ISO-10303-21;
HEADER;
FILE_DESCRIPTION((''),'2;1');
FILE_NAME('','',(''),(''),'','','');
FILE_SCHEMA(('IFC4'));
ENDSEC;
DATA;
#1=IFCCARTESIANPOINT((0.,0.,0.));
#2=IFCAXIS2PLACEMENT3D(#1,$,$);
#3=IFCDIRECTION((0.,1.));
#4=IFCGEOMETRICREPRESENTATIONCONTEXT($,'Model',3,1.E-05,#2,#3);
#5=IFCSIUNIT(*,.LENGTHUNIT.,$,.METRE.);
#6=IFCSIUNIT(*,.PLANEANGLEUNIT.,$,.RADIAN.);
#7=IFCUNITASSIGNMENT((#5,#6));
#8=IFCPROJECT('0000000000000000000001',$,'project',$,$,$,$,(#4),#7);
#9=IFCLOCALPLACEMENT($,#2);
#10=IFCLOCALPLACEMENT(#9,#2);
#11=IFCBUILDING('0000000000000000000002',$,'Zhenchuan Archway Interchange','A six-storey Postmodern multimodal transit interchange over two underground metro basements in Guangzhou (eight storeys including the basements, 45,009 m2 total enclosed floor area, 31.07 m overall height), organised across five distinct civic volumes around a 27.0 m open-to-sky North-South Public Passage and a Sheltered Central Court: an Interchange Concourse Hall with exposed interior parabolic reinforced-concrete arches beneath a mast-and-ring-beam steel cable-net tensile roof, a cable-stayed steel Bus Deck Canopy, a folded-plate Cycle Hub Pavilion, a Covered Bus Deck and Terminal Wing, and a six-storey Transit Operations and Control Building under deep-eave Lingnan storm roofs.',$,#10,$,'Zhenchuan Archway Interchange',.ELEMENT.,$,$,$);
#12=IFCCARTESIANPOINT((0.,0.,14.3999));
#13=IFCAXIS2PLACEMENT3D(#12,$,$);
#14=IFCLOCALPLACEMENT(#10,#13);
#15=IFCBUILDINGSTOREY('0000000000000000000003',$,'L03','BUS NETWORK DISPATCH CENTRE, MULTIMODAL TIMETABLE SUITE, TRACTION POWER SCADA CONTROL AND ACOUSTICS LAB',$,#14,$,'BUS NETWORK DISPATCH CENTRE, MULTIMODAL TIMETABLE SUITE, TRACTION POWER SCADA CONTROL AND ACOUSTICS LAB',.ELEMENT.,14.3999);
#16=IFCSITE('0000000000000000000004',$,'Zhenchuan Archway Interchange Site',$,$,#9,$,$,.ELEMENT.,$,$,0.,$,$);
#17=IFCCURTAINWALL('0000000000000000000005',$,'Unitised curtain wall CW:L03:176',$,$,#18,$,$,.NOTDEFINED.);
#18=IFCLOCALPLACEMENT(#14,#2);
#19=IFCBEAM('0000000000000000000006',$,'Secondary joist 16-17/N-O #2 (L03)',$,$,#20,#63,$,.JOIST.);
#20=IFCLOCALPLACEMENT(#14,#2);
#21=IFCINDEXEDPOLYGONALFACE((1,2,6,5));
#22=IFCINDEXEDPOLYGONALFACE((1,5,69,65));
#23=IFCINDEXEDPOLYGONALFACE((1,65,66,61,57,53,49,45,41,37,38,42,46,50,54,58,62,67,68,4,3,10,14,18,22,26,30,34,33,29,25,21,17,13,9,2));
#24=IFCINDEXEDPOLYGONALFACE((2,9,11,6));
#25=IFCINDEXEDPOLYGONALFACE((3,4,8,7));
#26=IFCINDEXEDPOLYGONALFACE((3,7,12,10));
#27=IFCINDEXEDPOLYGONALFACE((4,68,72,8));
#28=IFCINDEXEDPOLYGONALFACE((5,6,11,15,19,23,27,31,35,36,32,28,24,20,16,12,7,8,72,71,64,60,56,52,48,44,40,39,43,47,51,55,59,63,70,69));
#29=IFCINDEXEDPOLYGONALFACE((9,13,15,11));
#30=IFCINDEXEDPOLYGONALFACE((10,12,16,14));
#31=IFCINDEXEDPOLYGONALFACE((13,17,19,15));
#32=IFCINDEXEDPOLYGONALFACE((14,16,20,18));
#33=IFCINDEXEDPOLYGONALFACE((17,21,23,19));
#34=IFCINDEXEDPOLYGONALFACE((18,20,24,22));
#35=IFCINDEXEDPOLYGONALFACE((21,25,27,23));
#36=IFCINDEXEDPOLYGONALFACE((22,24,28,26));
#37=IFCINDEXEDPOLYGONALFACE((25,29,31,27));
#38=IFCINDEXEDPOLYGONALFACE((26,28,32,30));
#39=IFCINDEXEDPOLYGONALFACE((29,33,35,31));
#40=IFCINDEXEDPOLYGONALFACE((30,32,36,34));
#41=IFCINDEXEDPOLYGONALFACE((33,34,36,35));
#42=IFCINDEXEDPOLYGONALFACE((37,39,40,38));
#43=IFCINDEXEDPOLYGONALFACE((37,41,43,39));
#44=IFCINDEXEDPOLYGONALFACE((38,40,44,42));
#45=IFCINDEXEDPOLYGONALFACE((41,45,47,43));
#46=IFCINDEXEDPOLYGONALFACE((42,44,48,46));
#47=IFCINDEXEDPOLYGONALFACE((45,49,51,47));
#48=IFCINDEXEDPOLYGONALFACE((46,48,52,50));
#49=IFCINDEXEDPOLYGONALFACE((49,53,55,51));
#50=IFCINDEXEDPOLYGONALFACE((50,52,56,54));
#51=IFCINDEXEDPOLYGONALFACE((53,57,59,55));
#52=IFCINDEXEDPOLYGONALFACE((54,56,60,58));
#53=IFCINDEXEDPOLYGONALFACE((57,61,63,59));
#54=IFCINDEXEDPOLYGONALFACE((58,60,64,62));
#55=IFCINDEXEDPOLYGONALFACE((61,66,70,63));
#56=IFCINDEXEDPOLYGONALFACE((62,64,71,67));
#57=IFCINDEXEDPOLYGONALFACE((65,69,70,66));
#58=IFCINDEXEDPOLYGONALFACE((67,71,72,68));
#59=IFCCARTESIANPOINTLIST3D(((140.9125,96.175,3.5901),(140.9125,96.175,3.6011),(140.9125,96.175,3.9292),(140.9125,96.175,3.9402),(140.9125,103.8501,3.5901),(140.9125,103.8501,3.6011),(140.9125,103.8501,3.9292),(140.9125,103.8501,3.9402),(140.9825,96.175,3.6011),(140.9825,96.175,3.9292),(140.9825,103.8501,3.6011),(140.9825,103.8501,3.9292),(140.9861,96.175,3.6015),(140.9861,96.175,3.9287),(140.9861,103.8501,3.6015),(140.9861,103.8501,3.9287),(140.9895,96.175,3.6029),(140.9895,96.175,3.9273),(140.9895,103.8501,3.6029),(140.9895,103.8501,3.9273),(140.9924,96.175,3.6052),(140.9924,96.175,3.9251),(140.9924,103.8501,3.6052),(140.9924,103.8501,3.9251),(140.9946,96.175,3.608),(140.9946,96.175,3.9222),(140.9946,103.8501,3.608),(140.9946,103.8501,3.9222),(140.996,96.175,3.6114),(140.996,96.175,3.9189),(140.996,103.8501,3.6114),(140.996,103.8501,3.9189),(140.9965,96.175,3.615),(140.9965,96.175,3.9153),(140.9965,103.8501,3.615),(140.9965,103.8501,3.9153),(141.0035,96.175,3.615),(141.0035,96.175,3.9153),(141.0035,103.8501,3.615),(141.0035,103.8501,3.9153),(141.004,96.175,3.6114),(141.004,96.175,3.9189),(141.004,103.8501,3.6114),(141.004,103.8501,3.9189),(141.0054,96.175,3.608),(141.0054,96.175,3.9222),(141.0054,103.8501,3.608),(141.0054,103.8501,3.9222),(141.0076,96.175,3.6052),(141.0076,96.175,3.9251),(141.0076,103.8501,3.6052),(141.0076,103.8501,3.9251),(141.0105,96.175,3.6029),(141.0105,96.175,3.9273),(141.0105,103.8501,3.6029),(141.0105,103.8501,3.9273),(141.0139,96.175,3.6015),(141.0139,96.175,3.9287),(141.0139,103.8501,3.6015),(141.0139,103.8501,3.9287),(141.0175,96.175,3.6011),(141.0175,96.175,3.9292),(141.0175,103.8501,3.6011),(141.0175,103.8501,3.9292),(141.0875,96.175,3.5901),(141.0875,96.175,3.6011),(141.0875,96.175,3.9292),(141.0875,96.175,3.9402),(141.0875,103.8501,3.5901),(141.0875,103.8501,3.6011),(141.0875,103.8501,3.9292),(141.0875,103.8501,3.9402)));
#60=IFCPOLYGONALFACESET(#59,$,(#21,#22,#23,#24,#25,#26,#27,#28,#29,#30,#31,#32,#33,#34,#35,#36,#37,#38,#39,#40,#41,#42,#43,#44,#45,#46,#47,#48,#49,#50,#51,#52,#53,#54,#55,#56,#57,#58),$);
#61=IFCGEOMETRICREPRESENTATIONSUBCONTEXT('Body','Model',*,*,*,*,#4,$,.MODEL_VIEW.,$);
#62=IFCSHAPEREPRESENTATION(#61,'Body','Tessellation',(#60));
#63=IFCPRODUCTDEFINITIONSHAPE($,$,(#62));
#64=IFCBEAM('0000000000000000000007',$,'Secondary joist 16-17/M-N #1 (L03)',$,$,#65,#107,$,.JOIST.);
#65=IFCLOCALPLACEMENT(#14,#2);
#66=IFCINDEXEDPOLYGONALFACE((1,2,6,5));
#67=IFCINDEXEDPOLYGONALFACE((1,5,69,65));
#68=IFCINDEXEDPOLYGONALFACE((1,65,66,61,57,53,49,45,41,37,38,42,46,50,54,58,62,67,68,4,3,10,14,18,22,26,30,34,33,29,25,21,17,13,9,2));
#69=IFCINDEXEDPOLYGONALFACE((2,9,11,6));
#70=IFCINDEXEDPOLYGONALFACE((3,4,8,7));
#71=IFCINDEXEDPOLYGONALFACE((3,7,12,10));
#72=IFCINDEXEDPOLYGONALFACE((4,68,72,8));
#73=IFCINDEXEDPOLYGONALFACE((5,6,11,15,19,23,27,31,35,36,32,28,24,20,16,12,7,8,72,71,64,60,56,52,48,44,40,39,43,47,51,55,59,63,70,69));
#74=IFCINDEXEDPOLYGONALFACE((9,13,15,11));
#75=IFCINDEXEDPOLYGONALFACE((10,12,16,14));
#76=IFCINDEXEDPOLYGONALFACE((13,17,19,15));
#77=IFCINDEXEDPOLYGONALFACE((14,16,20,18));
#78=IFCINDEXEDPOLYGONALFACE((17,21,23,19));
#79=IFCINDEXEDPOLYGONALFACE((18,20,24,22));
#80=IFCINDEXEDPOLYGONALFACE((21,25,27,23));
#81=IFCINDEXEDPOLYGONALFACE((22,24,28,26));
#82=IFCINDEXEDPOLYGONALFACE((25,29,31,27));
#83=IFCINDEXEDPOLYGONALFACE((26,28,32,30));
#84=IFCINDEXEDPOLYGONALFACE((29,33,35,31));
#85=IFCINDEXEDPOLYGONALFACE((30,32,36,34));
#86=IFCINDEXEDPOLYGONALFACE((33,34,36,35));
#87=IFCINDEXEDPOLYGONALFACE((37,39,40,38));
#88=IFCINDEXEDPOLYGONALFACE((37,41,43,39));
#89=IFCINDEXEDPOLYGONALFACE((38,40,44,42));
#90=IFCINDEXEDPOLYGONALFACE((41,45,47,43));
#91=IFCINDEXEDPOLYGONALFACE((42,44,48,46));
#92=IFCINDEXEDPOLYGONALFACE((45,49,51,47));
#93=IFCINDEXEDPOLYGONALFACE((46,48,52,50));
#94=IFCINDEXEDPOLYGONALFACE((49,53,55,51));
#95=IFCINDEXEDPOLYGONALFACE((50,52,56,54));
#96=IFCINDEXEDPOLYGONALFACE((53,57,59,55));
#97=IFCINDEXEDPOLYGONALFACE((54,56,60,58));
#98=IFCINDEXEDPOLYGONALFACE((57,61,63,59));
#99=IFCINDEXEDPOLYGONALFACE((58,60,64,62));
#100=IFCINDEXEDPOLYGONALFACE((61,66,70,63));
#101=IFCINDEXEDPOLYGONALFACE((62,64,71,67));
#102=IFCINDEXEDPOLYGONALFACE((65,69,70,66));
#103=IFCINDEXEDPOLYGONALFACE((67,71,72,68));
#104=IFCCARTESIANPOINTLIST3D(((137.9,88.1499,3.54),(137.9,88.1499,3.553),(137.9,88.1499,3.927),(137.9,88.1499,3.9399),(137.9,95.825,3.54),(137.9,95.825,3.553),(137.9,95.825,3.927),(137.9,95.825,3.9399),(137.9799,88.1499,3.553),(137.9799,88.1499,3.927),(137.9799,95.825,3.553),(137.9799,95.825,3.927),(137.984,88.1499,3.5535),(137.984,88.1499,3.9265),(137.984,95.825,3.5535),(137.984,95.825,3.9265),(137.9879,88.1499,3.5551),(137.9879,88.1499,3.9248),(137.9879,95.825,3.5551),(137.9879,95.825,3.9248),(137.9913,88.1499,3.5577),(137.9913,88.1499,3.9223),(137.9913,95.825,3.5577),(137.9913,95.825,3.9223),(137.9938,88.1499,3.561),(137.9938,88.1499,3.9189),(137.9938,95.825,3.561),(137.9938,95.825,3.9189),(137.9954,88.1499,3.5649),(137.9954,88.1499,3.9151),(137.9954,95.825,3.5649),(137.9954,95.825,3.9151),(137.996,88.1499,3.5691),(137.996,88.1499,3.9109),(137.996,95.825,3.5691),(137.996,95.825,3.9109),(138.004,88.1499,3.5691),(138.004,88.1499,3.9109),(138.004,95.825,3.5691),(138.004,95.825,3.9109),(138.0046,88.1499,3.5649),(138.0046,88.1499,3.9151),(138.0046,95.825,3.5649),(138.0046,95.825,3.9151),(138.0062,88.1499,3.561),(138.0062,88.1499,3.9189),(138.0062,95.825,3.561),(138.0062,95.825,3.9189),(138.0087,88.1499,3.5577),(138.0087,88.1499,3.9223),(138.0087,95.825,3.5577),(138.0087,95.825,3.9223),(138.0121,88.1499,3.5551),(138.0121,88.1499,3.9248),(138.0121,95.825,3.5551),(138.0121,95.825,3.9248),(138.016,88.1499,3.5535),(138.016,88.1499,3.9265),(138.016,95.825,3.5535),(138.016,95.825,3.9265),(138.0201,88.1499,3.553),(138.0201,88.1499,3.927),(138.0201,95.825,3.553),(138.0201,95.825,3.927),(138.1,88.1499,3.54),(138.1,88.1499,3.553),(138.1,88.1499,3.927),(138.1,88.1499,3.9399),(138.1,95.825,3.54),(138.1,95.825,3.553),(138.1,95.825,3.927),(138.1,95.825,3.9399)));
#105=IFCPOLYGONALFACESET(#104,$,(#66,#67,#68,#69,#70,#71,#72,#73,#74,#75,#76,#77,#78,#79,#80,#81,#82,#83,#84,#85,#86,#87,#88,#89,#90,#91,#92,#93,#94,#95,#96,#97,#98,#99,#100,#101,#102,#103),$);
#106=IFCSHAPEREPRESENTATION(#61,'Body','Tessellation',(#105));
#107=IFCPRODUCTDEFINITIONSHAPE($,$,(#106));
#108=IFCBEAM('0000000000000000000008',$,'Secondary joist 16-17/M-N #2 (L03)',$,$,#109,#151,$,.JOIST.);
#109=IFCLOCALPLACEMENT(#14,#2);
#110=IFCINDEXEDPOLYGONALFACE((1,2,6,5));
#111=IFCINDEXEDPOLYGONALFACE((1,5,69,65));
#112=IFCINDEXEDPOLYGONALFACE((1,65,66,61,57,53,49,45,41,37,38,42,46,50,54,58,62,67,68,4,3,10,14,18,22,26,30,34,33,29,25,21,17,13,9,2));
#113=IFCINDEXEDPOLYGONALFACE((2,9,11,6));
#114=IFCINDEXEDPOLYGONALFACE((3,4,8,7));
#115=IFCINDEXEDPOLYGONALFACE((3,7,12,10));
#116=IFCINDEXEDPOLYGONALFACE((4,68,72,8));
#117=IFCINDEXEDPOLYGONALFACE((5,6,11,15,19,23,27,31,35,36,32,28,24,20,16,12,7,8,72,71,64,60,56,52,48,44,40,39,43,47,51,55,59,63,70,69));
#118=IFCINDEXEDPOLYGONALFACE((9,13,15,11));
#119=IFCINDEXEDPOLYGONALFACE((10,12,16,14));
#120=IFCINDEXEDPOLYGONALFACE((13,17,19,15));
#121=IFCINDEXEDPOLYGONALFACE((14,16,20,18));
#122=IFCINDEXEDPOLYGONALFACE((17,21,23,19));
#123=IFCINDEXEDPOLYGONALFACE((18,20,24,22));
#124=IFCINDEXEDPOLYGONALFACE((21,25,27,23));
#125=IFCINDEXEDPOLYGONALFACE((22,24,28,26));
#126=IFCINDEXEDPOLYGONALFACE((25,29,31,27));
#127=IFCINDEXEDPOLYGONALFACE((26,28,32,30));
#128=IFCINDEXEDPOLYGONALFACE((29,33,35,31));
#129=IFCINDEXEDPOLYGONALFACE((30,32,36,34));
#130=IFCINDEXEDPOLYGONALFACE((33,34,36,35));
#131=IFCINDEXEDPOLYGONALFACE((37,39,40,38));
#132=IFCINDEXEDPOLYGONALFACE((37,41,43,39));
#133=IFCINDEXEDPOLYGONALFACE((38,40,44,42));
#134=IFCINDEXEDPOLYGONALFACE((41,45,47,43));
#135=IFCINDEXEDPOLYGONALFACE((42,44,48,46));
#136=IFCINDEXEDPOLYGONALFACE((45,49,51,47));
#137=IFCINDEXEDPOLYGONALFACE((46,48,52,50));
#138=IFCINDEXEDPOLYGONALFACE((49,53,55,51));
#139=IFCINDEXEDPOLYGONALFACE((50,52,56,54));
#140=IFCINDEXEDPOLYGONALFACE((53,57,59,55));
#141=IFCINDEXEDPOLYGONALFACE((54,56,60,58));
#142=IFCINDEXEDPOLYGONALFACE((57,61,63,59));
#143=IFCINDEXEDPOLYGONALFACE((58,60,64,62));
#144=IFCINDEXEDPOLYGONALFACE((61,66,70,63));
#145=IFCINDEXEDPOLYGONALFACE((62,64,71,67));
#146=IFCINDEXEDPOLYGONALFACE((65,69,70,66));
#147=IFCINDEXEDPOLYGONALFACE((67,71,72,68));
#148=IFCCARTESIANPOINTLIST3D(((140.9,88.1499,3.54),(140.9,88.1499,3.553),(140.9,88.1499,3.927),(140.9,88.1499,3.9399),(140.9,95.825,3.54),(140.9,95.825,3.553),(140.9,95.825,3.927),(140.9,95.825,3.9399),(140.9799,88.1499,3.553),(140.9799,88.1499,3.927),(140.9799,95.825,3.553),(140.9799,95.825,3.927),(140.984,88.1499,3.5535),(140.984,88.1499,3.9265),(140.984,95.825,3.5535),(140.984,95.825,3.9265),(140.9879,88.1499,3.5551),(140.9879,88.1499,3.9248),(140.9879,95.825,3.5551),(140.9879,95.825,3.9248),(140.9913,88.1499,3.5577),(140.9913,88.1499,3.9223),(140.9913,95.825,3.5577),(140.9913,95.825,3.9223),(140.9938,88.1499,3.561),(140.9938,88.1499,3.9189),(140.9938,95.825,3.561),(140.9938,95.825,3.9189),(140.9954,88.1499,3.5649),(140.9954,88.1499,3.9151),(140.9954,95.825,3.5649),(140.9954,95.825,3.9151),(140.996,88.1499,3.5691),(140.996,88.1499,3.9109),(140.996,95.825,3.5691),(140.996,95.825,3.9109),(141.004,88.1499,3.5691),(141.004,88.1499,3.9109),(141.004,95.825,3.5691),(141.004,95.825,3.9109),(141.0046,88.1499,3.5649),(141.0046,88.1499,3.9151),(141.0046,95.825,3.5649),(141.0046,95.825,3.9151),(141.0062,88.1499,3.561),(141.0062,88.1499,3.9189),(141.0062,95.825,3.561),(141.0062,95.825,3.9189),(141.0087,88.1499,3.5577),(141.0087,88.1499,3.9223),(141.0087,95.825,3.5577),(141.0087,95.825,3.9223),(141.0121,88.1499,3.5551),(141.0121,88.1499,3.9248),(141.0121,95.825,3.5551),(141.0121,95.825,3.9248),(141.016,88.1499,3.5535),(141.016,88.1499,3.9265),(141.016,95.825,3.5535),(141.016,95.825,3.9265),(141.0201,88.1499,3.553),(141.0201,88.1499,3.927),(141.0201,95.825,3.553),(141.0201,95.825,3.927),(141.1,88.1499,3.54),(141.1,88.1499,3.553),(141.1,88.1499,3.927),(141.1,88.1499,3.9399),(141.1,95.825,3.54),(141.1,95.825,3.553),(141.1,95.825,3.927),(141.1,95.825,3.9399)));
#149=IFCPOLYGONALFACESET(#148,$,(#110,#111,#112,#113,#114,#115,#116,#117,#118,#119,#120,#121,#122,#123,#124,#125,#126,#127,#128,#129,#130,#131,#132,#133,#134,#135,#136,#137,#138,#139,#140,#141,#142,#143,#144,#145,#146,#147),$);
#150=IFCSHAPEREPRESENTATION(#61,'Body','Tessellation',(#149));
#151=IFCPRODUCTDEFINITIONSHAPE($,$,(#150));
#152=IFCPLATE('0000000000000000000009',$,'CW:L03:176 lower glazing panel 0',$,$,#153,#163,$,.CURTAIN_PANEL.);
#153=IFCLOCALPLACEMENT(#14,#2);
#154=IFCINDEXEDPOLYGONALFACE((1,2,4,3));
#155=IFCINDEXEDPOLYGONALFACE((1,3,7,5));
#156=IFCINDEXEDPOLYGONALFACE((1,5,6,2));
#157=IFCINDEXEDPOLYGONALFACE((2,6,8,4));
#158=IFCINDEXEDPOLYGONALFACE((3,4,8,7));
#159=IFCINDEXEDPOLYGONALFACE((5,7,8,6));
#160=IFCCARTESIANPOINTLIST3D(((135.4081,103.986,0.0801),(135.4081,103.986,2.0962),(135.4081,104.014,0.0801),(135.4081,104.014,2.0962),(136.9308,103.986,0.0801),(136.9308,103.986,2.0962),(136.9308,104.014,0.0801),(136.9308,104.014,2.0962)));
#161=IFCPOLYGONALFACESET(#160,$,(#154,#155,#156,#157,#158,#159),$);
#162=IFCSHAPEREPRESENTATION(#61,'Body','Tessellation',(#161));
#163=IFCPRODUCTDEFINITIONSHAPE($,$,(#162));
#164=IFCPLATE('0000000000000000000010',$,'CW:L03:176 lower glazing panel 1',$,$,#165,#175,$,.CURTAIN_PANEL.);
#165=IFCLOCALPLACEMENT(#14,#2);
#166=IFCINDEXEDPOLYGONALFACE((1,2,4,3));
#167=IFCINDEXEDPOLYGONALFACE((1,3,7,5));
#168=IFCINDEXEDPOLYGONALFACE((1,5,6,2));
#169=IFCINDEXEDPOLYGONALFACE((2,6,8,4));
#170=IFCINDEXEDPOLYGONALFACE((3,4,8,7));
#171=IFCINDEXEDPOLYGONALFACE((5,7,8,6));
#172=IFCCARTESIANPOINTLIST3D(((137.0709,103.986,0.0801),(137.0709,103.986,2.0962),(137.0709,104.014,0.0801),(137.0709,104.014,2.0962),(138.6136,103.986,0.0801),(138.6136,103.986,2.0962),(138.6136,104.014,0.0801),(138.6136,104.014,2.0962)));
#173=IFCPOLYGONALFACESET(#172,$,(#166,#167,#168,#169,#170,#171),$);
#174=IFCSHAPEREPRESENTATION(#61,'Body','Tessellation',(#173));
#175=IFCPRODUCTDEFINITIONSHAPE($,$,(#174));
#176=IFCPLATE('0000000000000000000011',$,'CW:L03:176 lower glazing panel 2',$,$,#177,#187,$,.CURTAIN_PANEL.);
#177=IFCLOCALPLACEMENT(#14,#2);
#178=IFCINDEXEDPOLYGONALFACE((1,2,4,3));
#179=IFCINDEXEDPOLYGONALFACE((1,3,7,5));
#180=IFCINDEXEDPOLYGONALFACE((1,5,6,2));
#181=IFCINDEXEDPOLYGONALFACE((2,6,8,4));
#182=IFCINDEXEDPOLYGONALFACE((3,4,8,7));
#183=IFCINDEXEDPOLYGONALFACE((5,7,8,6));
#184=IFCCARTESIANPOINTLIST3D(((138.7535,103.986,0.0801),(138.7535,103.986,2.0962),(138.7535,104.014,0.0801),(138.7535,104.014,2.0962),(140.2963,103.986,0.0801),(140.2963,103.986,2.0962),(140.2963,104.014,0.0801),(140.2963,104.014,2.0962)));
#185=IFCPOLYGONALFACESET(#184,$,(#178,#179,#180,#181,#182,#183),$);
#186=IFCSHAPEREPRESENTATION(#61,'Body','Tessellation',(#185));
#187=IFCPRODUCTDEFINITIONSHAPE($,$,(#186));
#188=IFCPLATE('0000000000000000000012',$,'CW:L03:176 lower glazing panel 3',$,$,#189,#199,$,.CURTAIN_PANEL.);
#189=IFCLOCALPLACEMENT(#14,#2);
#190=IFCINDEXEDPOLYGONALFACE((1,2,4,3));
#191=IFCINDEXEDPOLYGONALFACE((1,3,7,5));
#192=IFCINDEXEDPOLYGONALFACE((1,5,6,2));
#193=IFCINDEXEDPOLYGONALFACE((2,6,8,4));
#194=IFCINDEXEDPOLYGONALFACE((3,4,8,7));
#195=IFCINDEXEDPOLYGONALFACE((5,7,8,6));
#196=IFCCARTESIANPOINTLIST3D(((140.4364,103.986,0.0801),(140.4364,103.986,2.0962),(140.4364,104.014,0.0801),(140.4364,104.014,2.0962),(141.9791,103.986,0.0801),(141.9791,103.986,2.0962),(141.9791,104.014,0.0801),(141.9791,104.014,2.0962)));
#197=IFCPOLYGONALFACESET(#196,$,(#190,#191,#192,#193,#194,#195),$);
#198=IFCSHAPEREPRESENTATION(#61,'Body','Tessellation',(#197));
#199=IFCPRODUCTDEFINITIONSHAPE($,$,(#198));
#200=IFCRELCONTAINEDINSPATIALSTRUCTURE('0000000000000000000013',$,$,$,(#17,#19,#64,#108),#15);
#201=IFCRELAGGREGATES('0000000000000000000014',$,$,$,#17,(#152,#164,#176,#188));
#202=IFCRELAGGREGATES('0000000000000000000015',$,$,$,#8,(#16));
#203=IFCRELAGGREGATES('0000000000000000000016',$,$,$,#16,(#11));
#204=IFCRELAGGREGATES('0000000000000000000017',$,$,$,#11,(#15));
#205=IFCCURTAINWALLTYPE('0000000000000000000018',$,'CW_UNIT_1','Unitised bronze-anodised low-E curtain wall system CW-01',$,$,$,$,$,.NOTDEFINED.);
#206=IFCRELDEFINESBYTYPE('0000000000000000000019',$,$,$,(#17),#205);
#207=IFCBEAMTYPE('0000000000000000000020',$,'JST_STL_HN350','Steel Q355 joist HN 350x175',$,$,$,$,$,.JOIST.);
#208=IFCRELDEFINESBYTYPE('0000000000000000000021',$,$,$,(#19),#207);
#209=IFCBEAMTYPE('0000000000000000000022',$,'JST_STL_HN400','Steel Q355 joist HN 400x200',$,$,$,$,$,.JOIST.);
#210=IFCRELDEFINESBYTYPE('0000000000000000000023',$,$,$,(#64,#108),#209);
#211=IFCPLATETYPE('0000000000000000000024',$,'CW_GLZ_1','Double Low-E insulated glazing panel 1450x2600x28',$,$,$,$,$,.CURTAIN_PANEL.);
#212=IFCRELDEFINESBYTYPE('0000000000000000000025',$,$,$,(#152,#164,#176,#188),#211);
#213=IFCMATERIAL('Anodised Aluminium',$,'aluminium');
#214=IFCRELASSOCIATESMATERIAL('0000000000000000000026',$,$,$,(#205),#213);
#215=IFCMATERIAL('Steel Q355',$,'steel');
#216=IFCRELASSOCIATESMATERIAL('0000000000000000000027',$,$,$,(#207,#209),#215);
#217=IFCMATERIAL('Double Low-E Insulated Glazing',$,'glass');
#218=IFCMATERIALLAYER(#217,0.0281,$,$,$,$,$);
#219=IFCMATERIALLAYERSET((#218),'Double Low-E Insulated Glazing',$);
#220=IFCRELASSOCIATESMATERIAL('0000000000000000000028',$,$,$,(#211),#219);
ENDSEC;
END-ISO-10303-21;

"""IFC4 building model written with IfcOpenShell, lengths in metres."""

from ifc_helpers import new_model, si_unit, direction, frame, origin, origin_2d, place, context, subcontext, project, spatial, rectangle, i_section, extrude, material, layer, layer_set, material_profile, profile_set, type_object, element, aggregate, save


model = new_model("IFC4")

# Units and contexts
model_context = context("Model", 3, precision=1e-05, world=origin(), true_north=direction((0.0, 1.0)))
body_context = subcontext(model_context, "Body", "Model", "MODEL_VIEW")
ifc_project = project(units=[si_unit("LENGTHUNIT", "METRE"), si_unit("PLANEANGLEUNIT", "RADIAN")], contexts=[model_context])

# Site, building, storey
site_placement = place(None, origin())
site = spatial("IfcSite", under=ifc_project, at=site_placement, Name="Zhenchuan Archway Interchange Site", CompositionType="ELEMENT", RefElevation=0.0)
building_placement = place(site_placement, origin())
building = spatial("IfcBuilding", under=site, at=building_placement, Name="Zhenchuan Archway Interchange", Description="A six-storey Postmodern multimodal transit interchange over two underground metro basements in Guangzhou (eight storeys including the basements, 45,009 m2 total enclosed floor area, 31.07 m overall height), organised across five distinct civic volumes around a 27.0 m open-to-sky North-South Public Passage and a Sheltered Central Court: an Interchange Concourse Hall with exposed interior parabolic reinforced-concrete arches beneath a mast-and-ring-beam steel cable-net tensile roof, a cable-stayed steel Bus Deck Canopy, a folded-plate Cycle Hub Pavilion, a Covered Bus Deck and Terminal Wing, and a six-storey Transit Operations and Control Building under deep-eave Lingnan storm roofs.", LongName="Zhenchuan Archway Interchange", CompositionType="ELEMENT")
storey_placement = place(building_placement, frame((0.0, 0.0, 14.3999)))
storey = spatial("IfcBuildingStorey", under=building, at=storey_placement, Name="L03", Description="BUS NETWORK DISPATCH CENTRE, MULTIMODAL TIMETABLE SUITE, TRACTION POWER SCADA CONTROL AND ACOUSTICS LAB", LongName="BUS NETWORK DISPATCH CENTRE, MULTIMODAL TIMETABLE SUITE, TRACTION POWER SCADA CONTROL AND ACOUSTICS LAB", CompositionType="ELEMENT", Elevation=14.3999)

# Curtain wall
ifc_material_1 = material(Name="Anodised Aluminium", Category="aluminium")
curtain_wall_type = type_object("IfcCurtainWallType", Name="CW_UNIT_1", Description="Unitised bronze-anodised low-E curtain wall system CW-01", PredefinedType="NOTDEFINED", material=ifc_material_1)
curtain_wall_placement = place(storey_placement, origin())
curtain_wall = element("IfcCurtainWall", 1, at=curtain_wall_placement, inside=storey, type_object=curtain_wall_type, Name="Unitised curtain wall CW:L03:176", PredefinedType="NOTDEFINED")

# Beams
ifc_material_2 = material(Name="Steel Q355", Category="steel")
ifc_material_profile_1 = material_profile(ifc_material_2, i_section(OverallWidth=0.175, OverallDepth=0.3501, WebThickness=0.0071, FlangeThickness=0.011, FilletRadius=0.0139, at=origin_2d()), Name="HN 350x175")
ifc_profile_set_1 = profile_set([ifc_material_profile_1], Name="Steel Q355")
beam_type_1 = type_object("IfcBeamType", Name="JST_STL_HN350", Description="Steel Q355 joist HN 350x175", PredefinedType="JOIST", material=ifc_profile_set_1)
for number, where, z_axis, x_axis, name in (
    (2, (141.0, 96.175, 3.7651), (0.0, 1.0, 0.0), (-1.0, 0.0, 0.0), "Secondary joist 16-17/N-O #2 (L03)"),
):
    element("IfcBeam", number, at=place(storey_placement, frame(where, z_axis=z_axis, x_axis=x_axis)), inside=storey, type_object=beam_type_1, Name=name, PredefinedType="JOIST", context=body_context, shape_type="SweptSolid", body=[
        extrude(i_section(OverallWidth=0.175, OverallDepth=0.3501, WebThickness=0.0071, FlangeThickness=0.011, FilletRadius=0.0139, at=origin_2d()), origin(), (0.0, 0.0, 1.0), 7.675),
    ])
ifc_material_profile_2 = material_profile(ifc_material_2, i_section(OverallWidth=0.2, OverallDepth=0.3999, WebThickness=0.0081, FlangeThickness=0.0129, FilletRadius=0.0161, at=origin_2d()), Name="HN 400x200")
ifc_profile_set_2 = profile_set([ifc_material_profile_2], Name="Steel Q355")
beam_type_2 = type_object("IfcBeamType", Name="JST_STL_HN400", Description="Steel Q355 joist HN 400x200", PredefinedType="JOIST", material=ifc_profile_set_2)
for number, where, z_axis, x_axis, name in (
    (3, (138.0, 88.1499, 3.74), (0.0, 1.0, 0.0), (-1.0, 0.0, 0.0), "Secondary joist 16-17/M-N #1 (L03)"),
    (4, (141.0, 88.1499, 3.74), (0.0, 1.0, 0.0), (-1.0, 0.0, 0.0), "Secondary joist 16-17/M-N #2 (L03)"),
):
    element("IfcBeam", number, at=place(storey_placement, frame(where, z_axis=z_axis, x_axis=x_axis)), inside=storey, type_object=beam_type_2, Name=name, PredefinedType="JOIST", context=body_context, shape_type="SweptSolid", body=[
        extrude(i_section(OverallWidth=0.2, OverallDepth=0.3999, WebThickness=0.0081, FlangeThickness=0.0129, FilletRadius=0.0161, at=origin_2d()), origin(), (0.0, 0.0, 1.0), 7.675),
    ])

# Plates
ifc_material_3 = material(Name="Double Low-E Insulated Glazing", Category="glass")
ifc_layer_1 = layer(ifc_material_3, 0.0281)
ifc_layer_set_1 = layer_set([ifc_layer_1], Name="Double Low-E Insulated Glazing")
plate_type_1 = type_object("IfcPlateType", Name="CW_GLZ_1", Description="Double Low-E insulated glazing panel 1450x2600x28", PredefinedType="CURTAIN_PANEL", material=ifc_layer_set_1)
plate_1_placement = place(storey_placement, frame((136.1694, 104.0, 0.0801), z_axis=(0.0, 0.0, 1.0), x_axis=(1.0, 0.0, 0.0)))
plate_1 = element("IfcPlate", 5, at=plate_1_placement, type_object=plate_type_1, Name="CW:L03:176 lower glazing panel 0", PredefinedType="CURTAIN_PANEL", context=body_context, shape_type="SweptSolid", body=[
    extrude(rectangle(XDim=1.5227, YDim=0.0281, at=origin_2d()), origin(), (0.0, 0.0, 1.0), 2.0161),
])
plate_2_placement = place(storey_placement, frame((137.8423, 104.0, 0.0801), z_axis=(0.0, 0.0, 1.0), x_axis=(1.0, 0.0, 0.0)))
plate_2 = element("IfcPlate", 6, at=plate_2_placement, type_object=plate_type_1, Name="CW:L03:176 lower glazing panel 1", PredefinedType="CURTAIN_PANEL", context=body_context, shape_type="SweptSolid", body=[
    extrude(rectangle(XDim=1.5427, YDim=0.0281, at=origin_2d()), origin(), (0.0, 0.0, 1.0), 2.0161),
])
plate_3_placement = place(storey_placement, frame((139.5249, 104.0, 0.0801), z_axis=(0.0, 0.0, 1.0), x_axis=(1.0, 0.0, 0.0)))
plate_3 = element("IfcPlate", 7, at=plate_3_placement, type_object=plate_type_1, Name="CW:L03:176 lower glazing panel 2", PredefinedType="CURTAIN_PANEL", context=body_context, shape_type="SweptSolid", body=[
    extrude(rectangle(XDim=1.5427, YDim=0.0281, at=origin_2d()), origin(), (0.0, 0.0, 1.0), 2.0161),
])
plate_4_placement = place(storey_placement, frame((141.2078, 104.0, 0.0801), z_axis=(0.0, 0.0, 1.0), x_axis=(1.0, 0.0, 0.0)))
plate_4 = element("IfcPlate", 8, at=plate_4_placement, type_object=plate_type_1, Name="CW:L03:176 lower glazing panel 3", PredefinedType="CURTAIN_PANEL", context=body_context, shape_type="SweptSolid", body=[
    extrude(rectangle(XDim=1.5427, YDim=0.0281, at=origin_2d()), origin(), (0.0, 0.0, 1.0), 2.0161),
])
aggregate(curtain_wall, [plate_1, plate_2, plate_3, plate_4])

save(model, "model.ifc")
